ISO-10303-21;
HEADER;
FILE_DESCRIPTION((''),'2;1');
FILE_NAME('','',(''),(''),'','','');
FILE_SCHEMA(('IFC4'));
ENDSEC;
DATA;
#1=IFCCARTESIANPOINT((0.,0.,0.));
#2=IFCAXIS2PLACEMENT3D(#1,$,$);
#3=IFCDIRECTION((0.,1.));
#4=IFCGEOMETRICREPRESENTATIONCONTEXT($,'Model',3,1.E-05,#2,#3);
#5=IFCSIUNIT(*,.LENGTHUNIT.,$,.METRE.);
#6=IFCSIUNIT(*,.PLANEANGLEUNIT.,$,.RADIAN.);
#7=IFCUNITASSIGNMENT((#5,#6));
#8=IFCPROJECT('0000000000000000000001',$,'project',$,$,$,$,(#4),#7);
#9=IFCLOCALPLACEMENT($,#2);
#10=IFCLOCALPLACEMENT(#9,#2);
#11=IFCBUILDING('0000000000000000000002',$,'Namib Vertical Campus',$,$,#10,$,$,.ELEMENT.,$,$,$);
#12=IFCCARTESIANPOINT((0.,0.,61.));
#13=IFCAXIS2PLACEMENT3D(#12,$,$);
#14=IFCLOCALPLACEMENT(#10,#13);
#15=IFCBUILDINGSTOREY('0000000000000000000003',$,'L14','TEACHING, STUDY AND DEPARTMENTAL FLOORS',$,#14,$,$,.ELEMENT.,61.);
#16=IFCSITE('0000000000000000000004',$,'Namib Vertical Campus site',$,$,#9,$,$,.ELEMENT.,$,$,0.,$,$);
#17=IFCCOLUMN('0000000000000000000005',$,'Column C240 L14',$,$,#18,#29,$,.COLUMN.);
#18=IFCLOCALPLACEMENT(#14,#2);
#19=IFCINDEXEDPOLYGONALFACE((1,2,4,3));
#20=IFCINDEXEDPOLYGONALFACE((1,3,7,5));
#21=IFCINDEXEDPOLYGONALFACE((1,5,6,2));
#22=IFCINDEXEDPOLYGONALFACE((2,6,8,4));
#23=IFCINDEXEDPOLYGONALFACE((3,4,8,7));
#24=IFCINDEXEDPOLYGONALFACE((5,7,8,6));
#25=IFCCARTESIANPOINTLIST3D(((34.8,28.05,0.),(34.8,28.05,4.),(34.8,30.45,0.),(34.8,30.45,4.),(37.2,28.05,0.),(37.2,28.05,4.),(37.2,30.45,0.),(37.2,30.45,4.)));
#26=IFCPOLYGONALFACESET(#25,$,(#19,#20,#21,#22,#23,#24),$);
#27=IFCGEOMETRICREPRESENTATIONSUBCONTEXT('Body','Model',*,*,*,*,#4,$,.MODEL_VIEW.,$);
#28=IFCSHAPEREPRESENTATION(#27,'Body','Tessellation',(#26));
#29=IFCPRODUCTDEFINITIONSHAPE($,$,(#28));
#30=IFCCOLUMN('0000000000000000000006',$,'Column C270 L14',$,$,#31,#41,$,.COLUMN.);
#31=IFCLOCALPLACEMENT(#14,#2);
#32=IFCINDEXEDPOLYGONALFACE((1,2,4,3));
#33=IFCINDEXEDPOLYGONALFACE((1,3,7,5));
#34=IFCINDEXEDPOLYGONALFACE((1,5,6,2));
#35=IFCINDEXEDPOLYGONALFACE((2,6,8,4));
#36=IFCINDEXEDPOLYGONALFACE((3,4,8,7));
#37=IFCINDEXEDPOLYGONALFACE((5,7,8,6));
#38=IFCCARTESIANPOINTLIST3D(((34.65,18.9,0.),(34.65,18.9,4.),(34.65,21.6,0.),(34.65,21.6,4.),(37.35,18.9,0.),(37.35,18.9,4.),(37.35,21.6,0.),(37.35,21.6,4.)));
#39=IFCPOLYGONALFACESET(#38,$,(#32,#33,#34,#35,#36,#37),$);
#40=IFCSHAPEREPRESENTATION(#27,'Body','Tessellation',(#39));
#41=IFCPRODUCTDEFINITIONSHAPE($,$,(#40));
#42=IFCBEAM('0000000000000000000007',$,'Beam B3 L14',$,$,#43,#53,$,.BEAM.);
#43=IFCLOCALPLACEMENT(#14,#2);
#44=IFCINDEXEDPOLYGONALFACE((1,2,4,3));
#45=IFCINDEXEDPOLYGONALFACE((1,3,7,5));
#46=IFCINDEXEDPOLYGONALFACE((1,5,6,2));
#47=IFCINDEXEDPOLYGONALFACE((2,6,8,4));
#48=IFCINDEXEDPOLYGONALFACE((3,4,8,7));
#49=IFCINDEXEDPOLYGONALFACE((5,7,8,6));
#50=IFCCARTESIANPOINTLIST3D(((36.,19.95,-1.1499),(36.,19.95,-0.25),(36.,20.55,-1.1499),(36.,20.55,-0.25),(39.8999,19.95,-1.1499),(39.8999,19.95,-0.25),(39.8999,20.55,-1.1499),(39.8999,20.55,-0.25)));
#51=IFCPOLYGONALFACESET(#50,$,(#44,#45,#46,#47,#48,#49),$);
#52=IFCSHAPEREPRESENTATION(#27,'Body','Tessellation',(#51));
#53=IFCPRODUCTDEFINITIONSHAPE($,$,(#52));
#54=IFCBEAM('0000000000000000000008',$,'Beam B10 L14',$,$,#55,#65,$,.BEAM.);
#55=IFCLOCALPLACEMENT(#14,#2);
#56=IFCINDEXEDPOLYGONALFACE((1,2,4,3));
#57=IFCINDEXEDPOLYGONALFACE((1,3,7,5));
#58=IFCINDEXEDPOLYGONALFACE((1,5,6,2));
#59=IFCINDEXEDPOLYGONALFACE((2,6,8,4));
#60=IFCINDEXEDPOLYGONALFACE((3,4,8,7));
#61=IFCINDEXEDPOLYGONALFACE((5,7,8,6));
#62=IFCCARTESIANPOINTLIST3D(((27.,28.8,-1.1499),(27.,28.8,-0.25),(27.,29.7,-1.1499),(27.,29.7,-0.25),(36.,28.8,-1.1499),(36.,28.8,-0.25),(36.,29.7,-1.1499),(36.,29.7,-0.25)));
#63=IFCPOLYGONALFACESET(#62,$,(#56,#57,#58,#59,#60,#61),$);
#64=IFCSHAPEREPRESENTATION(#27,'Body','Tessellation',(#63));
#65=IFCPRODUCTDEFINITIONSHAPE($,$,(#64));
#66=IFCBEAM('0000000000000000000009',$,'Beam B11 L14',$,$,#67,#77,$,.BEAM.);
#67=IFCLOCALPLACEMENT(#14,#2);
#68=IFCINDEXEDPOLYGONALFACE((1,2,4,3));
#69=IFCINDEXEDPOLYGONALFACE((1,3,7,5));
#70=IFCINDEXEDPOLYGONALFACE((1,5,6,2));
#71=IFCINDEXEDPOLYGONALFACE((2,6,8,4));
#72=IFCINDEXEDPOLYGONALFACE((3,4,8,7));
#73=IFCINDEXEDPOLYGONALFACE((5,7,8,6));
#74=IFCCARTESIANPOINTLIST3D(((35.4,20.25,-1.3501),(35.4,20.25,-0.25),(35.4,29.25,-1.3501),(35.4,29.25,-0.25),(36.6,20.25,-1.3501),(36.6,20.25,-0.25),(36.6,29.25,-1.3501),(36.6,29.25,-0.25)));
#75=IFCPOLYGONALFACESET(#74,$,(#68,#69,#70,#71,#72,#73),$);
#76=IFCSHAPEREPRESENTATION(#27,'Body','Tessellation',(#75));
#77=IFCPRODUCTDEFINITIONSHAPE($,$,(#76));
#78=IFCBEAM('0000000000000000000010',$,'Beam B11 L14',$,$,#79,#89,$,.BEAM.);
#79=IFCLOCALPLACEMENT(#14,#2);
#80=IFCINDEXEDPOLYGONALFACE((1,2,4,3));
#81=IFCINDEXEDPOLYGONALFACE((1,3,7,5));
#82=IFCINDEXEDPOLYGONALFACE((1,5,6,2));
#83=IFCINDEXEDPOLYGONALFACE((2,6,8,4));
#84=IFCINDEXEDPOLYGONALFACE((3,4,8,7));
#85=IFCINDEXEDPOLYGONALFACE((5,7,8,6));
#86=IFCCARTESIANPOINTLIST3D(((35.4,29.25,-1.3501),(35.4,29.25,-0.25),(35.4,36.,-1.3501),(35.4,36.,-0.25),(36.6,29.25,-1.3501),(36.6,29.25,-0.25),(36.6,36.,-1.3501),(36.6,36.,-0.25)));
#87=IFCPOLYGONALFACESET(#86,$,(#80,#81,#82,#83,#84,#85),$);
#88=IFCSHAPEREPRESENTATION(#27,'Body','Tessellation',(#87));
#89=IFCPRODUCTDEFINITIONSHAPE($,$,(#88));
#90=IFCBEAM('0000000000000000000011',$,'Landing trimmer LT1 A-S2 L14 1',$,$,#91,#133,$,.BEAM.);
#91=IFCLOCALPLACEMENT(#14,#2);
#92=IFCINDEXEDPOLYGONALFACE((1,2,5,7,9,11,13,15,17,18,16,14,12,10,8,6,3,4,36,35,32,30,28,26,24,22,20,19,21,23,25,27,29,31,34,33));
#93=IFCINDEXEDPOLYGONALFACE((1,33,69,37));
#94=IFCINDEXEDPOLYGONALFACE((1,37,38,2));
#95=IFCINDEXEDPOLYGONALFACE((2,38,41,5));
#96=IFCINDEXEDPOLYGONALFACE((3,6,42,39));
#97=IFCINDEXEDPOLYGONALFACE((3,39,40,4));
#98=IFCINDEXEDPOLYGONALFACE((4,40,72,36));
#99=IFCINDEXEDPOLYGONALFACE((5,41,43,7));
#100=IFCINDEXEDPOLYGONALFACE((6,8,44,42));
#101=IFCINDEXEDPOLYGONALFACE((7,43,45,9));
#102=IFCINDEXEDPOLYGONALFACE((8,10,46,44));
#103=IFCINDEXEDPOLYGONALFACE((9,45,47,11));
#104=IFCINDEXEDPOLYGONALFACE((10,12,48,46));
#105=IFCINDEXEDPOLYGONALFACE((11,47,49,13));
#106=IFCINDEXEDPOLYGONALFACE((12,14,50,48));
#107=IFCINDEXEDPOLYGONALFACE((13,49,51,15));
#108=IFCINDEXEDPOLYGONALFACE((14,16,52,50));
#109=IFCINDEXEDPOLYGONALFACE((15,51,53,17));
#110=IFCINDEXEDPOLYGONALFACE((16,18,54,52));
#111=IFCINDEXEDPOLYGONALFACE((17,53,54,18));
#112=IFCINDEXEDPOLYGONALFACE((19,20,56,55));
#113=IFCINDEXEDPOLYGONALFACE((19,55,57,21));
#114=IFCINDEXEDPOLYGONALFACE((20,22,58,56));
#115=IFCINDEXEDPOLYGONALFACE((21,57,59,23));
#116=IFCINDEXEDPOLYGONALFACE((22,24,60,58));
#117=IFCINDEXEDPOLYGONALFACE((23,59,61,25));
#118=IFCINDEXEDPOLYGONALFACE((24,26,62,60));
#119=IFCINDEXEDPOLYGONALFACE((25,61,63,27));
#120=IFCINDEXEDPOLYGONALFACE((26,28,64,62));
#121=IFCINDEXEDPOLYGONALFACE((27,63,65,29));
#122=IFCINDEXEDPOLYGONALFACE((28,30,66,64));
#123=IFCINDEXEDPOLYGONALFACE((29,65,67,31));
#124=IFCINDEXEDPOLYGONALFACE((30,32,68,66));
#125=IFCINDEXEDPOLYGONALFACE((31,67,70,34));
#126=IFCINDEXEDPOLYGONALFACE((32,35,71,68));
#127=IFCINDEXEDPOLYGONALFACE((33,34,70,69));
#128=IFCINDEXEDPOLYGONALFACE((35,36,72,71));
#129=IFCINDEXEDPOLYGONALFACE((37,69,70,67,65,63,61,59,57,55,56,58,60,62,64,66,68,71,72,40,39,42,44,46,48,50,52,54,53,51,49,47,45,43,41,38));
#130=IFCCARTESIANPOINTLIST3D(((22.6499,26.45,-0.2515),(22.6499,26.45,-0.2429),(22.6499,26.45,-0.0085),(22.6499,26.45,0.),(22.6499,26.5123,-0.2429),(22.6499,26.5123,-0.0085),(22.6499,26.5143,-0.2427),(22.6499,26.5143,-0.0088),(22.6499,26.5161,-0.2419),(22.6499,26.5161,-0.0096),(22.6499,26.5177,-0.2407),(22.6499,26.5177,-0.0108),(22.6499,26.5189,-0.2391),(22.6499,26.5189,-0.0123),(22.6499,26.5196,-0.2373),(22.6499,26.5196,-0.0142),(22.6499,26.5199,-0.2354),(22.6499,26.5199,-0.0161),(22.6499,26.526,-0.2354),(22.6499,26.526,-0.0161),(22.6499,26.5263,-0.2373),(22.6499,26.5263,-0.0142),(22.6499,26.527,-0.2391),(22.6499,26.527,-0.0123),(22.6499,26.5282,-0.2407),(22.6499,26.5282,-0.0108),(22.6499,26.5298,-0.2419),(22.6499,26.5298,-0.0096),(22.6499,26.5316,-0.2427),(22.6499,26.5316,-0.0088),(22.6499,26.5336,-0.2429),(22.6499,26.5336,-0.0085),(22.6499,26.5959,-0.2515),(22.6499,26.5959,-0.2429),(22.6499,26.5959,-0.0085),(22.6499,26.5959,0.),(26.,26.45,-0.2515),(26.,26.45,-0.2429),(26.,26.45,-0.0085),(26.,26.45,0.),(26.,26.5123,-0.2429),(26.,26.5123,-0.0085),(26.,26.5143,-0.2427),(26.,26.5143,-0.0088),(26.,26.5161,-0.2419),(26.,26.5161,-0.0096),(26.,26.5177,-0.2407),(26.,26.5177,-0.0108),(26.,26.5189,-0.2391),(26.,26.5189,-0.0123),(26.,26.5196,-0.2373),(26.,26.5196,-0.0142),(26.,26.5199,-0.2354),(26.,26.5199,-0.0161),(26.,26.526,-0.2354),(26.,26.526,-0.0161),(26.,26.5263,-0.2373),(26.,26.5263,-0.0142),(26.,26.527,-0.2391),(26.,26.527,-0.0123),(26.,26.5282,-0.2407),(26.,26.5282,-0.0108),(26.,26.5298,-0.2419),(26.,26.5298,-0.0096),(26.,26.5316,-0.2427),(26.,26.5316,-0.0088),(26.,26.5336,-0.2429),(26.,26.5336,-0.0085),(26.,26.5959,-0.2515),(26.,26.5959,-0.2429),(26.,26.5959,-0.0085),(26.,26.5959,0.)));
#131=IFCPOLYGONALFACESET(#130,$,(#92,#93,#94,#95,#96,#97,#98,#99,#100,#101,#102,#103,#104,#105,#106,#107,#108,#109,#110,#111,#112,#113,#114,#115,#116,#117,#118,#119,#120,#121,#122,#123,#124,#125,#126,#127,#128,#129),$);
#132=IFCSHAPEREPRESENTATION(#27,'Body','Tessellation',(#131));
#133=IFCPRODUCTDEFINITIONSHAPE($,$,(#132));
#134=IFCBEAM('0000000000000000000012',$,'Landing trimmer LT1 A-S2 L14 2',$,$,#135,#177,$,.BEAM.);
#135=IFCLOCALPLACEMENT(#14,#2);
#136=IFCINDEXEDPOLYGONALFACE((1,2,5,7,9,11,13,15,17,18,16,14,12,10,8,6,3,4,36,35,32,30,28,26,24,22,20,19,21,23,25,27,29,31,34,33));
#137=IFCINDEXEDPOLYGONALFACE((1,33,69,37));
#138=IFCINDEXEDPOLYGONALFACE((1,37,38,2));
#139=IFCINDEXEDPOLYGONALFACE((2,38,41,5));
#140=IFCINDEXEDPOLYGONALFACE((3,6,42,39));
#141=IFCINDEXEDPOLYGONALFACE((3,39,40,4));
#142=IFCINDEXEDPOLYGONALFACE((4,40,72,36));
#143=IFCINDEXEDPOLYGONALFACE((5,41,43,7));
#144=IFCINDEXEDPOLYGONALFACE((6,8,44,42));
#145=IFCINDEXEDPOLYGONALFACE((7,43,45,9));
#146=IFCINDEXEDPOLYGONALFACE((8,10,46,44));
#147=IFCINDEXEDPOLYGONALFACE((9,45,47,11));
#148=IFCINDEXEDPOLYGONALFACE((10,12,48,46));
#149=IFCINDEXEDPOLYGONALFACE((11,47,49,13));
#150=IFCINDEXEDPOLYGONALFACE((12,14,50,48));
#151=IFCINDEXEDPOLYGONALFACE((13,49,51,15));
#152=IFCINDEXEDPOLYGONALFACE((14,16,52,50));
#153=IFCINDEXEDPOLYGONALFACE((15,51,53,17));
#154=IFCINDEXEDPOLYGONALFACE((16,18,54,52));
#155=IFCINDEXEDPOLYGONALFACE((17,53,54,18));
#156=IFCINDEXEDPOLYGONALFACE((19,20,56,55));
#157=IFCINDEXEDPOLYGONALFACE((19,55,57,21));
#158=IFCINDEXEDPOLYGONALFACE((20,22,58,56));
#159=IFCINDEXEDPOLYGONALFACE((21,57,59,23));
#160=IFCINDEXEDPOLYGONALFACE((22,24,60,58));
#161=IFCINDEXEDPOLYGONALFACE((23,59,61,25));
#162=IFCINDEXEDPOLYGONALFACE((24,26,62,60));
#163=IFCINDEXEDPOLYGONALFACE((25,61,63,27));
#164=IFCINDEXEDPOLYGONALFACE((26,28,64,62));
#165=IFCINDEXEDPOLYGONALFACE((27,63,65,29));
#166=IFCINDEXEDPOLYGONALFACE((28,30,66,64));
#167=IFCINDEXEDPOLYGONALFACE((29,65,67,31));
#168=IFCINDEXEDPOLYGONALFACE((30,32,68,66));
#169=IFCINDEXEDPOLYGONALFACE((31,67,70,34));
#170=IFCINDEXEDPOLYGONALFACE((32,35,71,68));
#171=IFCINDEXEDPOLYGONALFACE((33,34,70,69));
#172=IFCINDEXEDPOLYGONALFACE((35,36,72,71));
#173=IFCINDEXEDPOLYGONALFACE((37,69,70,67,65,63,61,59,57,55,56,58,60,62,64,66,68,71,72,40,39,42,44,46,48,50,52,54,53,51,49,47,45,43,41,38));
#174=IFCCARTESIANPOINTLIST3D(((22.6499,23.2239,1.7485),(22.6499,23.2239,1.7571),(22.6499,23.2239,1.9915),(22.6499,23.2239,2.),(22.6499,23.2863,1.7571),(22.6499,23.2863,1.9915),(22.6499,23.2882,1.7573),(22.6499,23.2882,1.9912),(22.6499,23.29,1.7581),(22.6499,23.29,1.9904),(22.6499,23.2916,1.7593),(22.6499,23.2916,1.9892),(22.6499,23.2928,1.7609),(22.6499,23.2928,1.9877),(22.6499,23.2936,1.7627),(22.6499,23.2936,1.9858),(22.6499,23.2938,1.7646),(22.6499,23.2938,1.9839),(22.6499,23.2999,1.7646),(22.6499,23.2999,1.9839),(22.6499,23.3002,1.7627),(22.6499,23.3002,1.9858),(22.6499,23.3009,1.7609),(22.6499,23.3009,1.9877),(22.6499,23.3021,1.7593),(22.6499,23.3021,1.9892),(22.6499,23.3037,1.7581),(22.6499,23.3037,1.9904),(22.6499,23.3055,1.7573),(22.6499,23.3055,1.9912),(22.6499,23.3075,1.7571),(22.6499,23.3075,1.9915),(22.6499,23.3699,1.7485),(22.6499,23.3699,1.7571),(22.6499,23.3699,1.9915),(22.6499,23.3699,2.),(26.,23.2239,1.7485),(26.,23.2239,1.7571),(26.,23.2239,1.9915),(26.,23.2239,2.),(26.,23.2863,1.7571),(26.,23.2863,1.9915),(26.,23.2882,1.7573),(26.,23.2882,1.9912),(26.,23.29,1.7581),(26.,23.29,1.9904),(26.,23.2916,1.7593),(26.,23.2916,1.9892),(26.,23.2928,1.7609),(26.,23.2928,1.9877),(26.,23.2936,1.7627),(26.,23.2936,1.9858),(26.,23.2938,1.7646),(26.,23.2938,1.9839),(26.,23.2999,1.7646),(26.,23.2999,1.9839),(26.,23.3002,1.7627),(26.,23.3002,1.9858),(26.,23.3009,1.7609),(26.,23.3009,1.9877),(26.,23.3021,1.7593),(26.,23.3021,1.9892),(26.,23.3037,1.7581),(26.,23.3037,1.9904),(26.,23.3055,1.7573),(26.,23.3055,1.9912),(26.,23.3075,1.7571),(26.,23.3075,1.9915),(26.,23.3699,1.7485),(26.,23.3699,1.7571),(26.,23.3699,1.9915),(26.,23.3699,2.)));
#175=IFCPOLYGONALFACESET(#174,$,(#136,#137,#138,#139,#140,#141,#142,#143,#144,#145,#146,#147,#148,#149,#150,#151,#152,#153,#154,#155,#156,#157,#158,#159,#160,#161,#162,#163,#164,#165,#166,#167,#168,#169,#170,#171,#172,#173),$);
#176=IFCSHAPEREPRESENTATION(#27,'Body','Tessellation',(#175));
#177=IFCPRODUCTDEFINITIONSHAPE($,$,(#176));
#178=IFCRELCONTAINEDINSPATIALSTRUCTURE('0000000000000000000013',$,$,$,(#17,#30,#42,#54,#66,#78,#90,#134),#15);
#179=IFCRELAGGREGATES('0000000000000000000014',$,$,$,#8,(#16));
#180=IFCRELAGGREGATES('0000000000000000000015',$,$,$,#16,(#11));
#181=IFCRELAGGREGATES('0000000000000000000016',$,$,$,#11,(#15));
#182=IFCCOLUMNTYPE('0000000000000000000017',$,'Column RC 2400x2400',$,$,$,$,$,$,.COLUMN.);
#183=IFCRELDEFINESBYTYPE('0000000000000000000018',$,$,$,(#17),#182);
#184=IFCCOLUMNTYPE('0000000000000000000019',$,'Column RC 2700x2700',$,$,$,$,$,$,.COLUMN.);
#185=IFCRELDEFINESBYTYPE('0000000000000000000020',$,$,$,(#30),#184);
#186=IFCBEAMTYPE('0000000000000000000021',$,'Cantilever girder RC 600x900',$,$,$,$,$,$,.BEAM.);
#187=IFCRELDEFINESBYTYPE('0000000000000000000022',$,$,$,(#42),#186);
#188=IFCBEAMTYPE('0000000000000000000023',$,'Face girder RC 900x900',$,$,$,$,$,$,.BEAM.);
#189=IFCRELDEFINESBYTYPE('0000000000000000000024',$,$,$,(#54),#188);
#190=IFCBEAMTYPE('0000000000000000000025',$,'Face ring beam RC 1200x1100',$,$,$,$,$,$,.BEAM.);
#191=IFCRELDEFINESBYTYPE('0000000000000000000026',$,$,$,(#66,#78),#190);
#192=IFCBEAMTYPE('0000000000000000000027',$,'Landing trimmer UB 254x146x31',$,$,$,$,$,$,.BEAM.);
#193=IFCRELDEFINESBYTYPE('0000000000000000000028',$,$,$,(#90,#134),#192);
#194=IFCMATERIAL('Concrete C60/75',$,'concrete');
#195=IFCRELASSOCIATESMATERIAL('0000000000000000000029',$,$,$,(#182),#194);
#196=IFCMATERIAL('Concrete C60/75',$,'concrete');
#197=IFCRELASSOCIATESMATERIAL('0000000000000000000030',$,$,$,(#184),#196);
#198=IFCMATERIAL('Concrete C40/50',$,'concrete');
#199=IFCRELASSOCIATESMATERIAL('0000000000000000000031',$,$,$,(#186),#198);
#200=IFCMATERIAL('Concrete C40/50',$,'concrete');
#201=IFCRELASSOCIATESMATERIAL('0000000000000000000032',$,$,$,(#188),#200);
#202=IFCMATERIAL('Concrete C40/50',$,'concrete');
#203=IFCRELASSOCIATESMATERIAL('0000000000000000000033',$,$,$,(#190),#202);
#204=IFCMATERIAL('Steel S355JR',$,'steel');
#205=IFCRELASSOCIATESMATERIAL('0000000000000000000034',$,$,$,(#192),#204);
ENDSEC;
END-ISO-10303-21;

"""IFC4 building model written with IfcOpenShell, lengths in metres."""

from ifc_helpers import new_model, si_unit, direction, frame, origin, origin_2d, place, context, subcontext, project, spatial, rectangle, i_section, extrude, material, material_profile, profile_set, type_object, element, save


model = new_model("IFC4")

# Units and contexts
model_context = context("Model", 3, precision=1e-05, world=origin(), true_north=direction((0.0, 1.0)))
body_context = subcontext(model_context, "Body", "Model", "MODEL_VIEW")
ifc_project = project(units=[si_unit("LENGTHUNIT", "METRE"), si_unit("PLANEANGLEUNIT", "RADIAN")], contexts=[model_context])

# Site, building, storey
site_placement = place(None, origin())
site = spatial("IfcSite", under=ifc_project, at=site_placement, Name="Namib Vertical Campus site", CompositionType="ELEMENT", RefElevation=0.0)
building_placement = place(site_placement, origin())
building = spatial("IfcBuilding", under=site, at=building_placement, Name="Namib Vertical Campus", CompositionType="ELEMENT")
storey_placement = place(building_placement, frame((0.0, 0.0, 61.0)))
storey = spatial("IfcBuildingStorey", under=building, at=storey_placement, Name="L14", Description="TEACHING, STUDY AND DEPARTMENTAL FLOORS", CompositionType="ELEMENT", Elevation=61.0)

# Columns
ifc_material_1 = material(Name="Concrete C60/75", Category="concrete")
ifc_material_profile_1 = material_profile(ifc_material_1, rectangle(XDim=2.3999, YDim=2.3999, at=origin_2d()))
ifc_profile_set_1 = profile_set([ifc_material_profile_1], Name="Concrete C60/75")
column_type_1 = type_object("IfcColumnType", Name="Column RC 2400x2400", PredefinedType="COLUMN", material=ifc_profile_set_1)
column_1_placement = place(storey_placement, frame((36.0, 29.25, 0.0), z_axis=(0.0, 0.0, 1.0), x_axis=(1.0, 0.0, 0.0)))
element("IfcColumn", 1, at=column_1_placement, inside=storey, type_object=column_type_1, Name="Column C240 L14", PredefinedType="COLUMN", context=body_context, shape_type="SweptSolid", body=[
    extrude(rectangle(XDim=2.3999, YDim=2.3999, at=origin_2d()), origin(), (0.0, 0.0, 1.0), 4.0),
])
ifc_material_2 = material(Name="Concrete C60/75", Category="concrete")
ifc_material_profile_2 = material_profile(ifc_material_2, rectangle(XDim=2.7, YDim=2.7, at=origin_2d()))
ifc_profile_set_2 = profile_set([ifc_material_profile_2], Name="Concrete C60/75")
column_type_2 = type_object("IfcColumnType", Name="Column RC 2700x2700", PredefinedType="COLUMN", material=ifc_profile_set_2)
column_2_placement = place(storey_placement, frame((36.0, 20.25, 0.0), z_axis=(0.0, 0.0, 1.0), x_axis=(1.0, 0.0, 0.0)))
element("IfcColumn", 2, at=column_2_placement, inside=storey, type_object=column_type_2, Name="Column C270 L14", PredefinedType="COLUMN", context=body_context, shape_type="SweptSolid", body=[
    extrude(rectangle(XDim=2.7, YDim=2.7, at=origin_2d()), origin(), (0.0, 0.0, 1.0), 4.0),
])

# Beams
ifc_material_3 = material(Name="Concrete C40/50", Category="concrete")
ifc_material_profile_3 = material_profile(ifc_material_3, rectangle(XDim=0.6001, YDim=0.8999, at=origin_2d()))
ifc_profile_set_3 = profile_set([ifc_material_profile_3], Name="Concrete C40/50")
beam_type_1 = type_object("IfcBeamType", Name="Cantilever girder RC 600x900", PredefinedType="BEAM", material=ifc_profile_set_3)
beam_1_placement = place(storey_placement, frame((36.0, 20.25, -0.7), z_axis=(1.0, 0.0, 0.0), x_axis=(0.0, 1.0, 0.0)))
element("IfcBeam", 3, at=beam_1_placement, inside=storey, type_object=beam_type_1, Name="Beam B3 L14", PredefinedType="BEAM", context=body_context, shape_type="SweptSolid", body=[
    extrude(rectangle(XDim=0.6001, YDim=0.8999, at=origin_2d()), origin(), (0.0, 0.0, 1.0), 3.8999),
])
ifc_material_4 = material(Name="Concrete C40/50", Category="concrete")
ifc_material_profile_4 = material_profile(ifc_material_4, rectangle(XDim=0.8999, YDim=0.8999, at=origin_2d()))
ifc_profile_set_4 = profile_set([ifc_material_profile_4], Name="Concrete C40/50")
beam_type_2 = type_object("IfcBeamType", Name="Face girder RC 900x900", PredefinedType="BEAM", material=ifc_profile_set_4)
beam_2_placement = place(storey_placement, frame((36.0, 29.25, -0.7), z_axis=(-1.0, 0.0, 0.0), x_axis=(0.0, -1.0, 0.0)))
element("IfcBeam", 4, at=beam_2_placement, inside=storey, type_object=beam_type_2, Name="Beam B10 L14", PredefinedType="BEAM", context=body_context, shape_type="SweptSolid", body=[
    extrude(rectangle(XDim=0.8999, YDim=0.8999, at=origin_2d()), origin(), (0.0, 0.0, 1.0), 9.0),
])
ifc_material_5 = material(Name="Concrete C40/50", Category="concrete")
ifc_material_profile_5 = material_profile(ifc_material_5, rectangle(XDim=1.2, YDim=1.1001, at=origin_2d()))
ifc_profile_set_5 = profile_set([ifc_material_profile_5], Name="Concrete C40/50")
beam_type_3 = type_object("IfcBeamType", Name="Face ring beam RC 1200x1100", PredefinedType="BEAM", material=ifc_profile_set_5)
beam_3_placement = place(storey_placement, frame((36.0, 20.25, -0.8), z_axis=(0.0, 1.0, 0.0), x_axis=(-1.0, 0.0, 0.0)))
element("IfcBeam", 5, at=beam_3_placement, inside=storey, type_object=beam_type_3, Name="Beam B11 L14", PredefinedType="BEAM", context=body_context, shape_type="SweptSolid", body=[
    extrude(rectangle(XDim=1.2, YDim=1.1001, at=origin_2d()), origin(), (0.0, 0.0, 1.0), 9.0),
])
beam_4_placement = place(storey_placement, frame((36.0, 29.25, -0.8), z_axis=(0.0, 1.0, 0.0), x_axis=(-1.0, 0.0, 0.0)))
element("IfcBeam", 6, at=beam_4_placement, inside=storey, type_object=beam_type_3, Name="Beam B11 L14", PredefinedType="BEAM", context=body_context, shape_type="SweptSolid", body=[
    extrude(rectangle(XDim=1.2, YDim=1.1001, at=origin_2d()), origin(), (0.0, 0.0, 1.0), 6.75),
])
ifc_material_6 = material(Name="Steel S355JR", Category="steel")
ifc_material_profile_6 = material_profile(ifc_material_6, i_section(OverallWidth=0.146, OverallDepth=0.2515, WebThickness=0.0061, FlangeThickness=0.0085, FilletRadius=0.0076, at=origin_2d()))
ifc_profile_set_6 = profile_set([ifc_material_profile_6], Name="Steel S355JR")
beam_type_4 = type_object("IfcBeamType", Name="Landing trimmer UB 254x146x31", PredefinedType="BEAM", material=ifc_profile_set_6)
for number, where, z_axis, x_axis, name in (
    (7, (22.6499, 26.5229, -0.1257), (1.0, 0.0, 0.0), (0.0, 1.0, 0.0), "Landing trimmer LT1 A-S2 L14 1"),
    (8, (22.6499, 23.2969, 1.8743), (1.0, 0.0, 0.0), (0.0, 1.0, 0.0), "Landing trimmer LT1 A-S2 L14 2"),
):
    element("IfcBeam", number, at=place(storey_placement, frame(where, z_axis=z_axis, x_axis=x_axis)), inside=storey, type_object=beam_type_4, Name=name, PredefinedType="BEAM", context=body_context, shape_type="SweptSolid", body=[
        extrude(i_section(OverallWidth=0.146, OverallDepth=0.2515, WebThickness=0.0061, FlangeThickness=0.0085, FilletRadius=0.0076, at=origin_2d()), origin(), (0.0, 0.0, 1.0), 3.3501),
    ])

save(model, "model.ifc")
